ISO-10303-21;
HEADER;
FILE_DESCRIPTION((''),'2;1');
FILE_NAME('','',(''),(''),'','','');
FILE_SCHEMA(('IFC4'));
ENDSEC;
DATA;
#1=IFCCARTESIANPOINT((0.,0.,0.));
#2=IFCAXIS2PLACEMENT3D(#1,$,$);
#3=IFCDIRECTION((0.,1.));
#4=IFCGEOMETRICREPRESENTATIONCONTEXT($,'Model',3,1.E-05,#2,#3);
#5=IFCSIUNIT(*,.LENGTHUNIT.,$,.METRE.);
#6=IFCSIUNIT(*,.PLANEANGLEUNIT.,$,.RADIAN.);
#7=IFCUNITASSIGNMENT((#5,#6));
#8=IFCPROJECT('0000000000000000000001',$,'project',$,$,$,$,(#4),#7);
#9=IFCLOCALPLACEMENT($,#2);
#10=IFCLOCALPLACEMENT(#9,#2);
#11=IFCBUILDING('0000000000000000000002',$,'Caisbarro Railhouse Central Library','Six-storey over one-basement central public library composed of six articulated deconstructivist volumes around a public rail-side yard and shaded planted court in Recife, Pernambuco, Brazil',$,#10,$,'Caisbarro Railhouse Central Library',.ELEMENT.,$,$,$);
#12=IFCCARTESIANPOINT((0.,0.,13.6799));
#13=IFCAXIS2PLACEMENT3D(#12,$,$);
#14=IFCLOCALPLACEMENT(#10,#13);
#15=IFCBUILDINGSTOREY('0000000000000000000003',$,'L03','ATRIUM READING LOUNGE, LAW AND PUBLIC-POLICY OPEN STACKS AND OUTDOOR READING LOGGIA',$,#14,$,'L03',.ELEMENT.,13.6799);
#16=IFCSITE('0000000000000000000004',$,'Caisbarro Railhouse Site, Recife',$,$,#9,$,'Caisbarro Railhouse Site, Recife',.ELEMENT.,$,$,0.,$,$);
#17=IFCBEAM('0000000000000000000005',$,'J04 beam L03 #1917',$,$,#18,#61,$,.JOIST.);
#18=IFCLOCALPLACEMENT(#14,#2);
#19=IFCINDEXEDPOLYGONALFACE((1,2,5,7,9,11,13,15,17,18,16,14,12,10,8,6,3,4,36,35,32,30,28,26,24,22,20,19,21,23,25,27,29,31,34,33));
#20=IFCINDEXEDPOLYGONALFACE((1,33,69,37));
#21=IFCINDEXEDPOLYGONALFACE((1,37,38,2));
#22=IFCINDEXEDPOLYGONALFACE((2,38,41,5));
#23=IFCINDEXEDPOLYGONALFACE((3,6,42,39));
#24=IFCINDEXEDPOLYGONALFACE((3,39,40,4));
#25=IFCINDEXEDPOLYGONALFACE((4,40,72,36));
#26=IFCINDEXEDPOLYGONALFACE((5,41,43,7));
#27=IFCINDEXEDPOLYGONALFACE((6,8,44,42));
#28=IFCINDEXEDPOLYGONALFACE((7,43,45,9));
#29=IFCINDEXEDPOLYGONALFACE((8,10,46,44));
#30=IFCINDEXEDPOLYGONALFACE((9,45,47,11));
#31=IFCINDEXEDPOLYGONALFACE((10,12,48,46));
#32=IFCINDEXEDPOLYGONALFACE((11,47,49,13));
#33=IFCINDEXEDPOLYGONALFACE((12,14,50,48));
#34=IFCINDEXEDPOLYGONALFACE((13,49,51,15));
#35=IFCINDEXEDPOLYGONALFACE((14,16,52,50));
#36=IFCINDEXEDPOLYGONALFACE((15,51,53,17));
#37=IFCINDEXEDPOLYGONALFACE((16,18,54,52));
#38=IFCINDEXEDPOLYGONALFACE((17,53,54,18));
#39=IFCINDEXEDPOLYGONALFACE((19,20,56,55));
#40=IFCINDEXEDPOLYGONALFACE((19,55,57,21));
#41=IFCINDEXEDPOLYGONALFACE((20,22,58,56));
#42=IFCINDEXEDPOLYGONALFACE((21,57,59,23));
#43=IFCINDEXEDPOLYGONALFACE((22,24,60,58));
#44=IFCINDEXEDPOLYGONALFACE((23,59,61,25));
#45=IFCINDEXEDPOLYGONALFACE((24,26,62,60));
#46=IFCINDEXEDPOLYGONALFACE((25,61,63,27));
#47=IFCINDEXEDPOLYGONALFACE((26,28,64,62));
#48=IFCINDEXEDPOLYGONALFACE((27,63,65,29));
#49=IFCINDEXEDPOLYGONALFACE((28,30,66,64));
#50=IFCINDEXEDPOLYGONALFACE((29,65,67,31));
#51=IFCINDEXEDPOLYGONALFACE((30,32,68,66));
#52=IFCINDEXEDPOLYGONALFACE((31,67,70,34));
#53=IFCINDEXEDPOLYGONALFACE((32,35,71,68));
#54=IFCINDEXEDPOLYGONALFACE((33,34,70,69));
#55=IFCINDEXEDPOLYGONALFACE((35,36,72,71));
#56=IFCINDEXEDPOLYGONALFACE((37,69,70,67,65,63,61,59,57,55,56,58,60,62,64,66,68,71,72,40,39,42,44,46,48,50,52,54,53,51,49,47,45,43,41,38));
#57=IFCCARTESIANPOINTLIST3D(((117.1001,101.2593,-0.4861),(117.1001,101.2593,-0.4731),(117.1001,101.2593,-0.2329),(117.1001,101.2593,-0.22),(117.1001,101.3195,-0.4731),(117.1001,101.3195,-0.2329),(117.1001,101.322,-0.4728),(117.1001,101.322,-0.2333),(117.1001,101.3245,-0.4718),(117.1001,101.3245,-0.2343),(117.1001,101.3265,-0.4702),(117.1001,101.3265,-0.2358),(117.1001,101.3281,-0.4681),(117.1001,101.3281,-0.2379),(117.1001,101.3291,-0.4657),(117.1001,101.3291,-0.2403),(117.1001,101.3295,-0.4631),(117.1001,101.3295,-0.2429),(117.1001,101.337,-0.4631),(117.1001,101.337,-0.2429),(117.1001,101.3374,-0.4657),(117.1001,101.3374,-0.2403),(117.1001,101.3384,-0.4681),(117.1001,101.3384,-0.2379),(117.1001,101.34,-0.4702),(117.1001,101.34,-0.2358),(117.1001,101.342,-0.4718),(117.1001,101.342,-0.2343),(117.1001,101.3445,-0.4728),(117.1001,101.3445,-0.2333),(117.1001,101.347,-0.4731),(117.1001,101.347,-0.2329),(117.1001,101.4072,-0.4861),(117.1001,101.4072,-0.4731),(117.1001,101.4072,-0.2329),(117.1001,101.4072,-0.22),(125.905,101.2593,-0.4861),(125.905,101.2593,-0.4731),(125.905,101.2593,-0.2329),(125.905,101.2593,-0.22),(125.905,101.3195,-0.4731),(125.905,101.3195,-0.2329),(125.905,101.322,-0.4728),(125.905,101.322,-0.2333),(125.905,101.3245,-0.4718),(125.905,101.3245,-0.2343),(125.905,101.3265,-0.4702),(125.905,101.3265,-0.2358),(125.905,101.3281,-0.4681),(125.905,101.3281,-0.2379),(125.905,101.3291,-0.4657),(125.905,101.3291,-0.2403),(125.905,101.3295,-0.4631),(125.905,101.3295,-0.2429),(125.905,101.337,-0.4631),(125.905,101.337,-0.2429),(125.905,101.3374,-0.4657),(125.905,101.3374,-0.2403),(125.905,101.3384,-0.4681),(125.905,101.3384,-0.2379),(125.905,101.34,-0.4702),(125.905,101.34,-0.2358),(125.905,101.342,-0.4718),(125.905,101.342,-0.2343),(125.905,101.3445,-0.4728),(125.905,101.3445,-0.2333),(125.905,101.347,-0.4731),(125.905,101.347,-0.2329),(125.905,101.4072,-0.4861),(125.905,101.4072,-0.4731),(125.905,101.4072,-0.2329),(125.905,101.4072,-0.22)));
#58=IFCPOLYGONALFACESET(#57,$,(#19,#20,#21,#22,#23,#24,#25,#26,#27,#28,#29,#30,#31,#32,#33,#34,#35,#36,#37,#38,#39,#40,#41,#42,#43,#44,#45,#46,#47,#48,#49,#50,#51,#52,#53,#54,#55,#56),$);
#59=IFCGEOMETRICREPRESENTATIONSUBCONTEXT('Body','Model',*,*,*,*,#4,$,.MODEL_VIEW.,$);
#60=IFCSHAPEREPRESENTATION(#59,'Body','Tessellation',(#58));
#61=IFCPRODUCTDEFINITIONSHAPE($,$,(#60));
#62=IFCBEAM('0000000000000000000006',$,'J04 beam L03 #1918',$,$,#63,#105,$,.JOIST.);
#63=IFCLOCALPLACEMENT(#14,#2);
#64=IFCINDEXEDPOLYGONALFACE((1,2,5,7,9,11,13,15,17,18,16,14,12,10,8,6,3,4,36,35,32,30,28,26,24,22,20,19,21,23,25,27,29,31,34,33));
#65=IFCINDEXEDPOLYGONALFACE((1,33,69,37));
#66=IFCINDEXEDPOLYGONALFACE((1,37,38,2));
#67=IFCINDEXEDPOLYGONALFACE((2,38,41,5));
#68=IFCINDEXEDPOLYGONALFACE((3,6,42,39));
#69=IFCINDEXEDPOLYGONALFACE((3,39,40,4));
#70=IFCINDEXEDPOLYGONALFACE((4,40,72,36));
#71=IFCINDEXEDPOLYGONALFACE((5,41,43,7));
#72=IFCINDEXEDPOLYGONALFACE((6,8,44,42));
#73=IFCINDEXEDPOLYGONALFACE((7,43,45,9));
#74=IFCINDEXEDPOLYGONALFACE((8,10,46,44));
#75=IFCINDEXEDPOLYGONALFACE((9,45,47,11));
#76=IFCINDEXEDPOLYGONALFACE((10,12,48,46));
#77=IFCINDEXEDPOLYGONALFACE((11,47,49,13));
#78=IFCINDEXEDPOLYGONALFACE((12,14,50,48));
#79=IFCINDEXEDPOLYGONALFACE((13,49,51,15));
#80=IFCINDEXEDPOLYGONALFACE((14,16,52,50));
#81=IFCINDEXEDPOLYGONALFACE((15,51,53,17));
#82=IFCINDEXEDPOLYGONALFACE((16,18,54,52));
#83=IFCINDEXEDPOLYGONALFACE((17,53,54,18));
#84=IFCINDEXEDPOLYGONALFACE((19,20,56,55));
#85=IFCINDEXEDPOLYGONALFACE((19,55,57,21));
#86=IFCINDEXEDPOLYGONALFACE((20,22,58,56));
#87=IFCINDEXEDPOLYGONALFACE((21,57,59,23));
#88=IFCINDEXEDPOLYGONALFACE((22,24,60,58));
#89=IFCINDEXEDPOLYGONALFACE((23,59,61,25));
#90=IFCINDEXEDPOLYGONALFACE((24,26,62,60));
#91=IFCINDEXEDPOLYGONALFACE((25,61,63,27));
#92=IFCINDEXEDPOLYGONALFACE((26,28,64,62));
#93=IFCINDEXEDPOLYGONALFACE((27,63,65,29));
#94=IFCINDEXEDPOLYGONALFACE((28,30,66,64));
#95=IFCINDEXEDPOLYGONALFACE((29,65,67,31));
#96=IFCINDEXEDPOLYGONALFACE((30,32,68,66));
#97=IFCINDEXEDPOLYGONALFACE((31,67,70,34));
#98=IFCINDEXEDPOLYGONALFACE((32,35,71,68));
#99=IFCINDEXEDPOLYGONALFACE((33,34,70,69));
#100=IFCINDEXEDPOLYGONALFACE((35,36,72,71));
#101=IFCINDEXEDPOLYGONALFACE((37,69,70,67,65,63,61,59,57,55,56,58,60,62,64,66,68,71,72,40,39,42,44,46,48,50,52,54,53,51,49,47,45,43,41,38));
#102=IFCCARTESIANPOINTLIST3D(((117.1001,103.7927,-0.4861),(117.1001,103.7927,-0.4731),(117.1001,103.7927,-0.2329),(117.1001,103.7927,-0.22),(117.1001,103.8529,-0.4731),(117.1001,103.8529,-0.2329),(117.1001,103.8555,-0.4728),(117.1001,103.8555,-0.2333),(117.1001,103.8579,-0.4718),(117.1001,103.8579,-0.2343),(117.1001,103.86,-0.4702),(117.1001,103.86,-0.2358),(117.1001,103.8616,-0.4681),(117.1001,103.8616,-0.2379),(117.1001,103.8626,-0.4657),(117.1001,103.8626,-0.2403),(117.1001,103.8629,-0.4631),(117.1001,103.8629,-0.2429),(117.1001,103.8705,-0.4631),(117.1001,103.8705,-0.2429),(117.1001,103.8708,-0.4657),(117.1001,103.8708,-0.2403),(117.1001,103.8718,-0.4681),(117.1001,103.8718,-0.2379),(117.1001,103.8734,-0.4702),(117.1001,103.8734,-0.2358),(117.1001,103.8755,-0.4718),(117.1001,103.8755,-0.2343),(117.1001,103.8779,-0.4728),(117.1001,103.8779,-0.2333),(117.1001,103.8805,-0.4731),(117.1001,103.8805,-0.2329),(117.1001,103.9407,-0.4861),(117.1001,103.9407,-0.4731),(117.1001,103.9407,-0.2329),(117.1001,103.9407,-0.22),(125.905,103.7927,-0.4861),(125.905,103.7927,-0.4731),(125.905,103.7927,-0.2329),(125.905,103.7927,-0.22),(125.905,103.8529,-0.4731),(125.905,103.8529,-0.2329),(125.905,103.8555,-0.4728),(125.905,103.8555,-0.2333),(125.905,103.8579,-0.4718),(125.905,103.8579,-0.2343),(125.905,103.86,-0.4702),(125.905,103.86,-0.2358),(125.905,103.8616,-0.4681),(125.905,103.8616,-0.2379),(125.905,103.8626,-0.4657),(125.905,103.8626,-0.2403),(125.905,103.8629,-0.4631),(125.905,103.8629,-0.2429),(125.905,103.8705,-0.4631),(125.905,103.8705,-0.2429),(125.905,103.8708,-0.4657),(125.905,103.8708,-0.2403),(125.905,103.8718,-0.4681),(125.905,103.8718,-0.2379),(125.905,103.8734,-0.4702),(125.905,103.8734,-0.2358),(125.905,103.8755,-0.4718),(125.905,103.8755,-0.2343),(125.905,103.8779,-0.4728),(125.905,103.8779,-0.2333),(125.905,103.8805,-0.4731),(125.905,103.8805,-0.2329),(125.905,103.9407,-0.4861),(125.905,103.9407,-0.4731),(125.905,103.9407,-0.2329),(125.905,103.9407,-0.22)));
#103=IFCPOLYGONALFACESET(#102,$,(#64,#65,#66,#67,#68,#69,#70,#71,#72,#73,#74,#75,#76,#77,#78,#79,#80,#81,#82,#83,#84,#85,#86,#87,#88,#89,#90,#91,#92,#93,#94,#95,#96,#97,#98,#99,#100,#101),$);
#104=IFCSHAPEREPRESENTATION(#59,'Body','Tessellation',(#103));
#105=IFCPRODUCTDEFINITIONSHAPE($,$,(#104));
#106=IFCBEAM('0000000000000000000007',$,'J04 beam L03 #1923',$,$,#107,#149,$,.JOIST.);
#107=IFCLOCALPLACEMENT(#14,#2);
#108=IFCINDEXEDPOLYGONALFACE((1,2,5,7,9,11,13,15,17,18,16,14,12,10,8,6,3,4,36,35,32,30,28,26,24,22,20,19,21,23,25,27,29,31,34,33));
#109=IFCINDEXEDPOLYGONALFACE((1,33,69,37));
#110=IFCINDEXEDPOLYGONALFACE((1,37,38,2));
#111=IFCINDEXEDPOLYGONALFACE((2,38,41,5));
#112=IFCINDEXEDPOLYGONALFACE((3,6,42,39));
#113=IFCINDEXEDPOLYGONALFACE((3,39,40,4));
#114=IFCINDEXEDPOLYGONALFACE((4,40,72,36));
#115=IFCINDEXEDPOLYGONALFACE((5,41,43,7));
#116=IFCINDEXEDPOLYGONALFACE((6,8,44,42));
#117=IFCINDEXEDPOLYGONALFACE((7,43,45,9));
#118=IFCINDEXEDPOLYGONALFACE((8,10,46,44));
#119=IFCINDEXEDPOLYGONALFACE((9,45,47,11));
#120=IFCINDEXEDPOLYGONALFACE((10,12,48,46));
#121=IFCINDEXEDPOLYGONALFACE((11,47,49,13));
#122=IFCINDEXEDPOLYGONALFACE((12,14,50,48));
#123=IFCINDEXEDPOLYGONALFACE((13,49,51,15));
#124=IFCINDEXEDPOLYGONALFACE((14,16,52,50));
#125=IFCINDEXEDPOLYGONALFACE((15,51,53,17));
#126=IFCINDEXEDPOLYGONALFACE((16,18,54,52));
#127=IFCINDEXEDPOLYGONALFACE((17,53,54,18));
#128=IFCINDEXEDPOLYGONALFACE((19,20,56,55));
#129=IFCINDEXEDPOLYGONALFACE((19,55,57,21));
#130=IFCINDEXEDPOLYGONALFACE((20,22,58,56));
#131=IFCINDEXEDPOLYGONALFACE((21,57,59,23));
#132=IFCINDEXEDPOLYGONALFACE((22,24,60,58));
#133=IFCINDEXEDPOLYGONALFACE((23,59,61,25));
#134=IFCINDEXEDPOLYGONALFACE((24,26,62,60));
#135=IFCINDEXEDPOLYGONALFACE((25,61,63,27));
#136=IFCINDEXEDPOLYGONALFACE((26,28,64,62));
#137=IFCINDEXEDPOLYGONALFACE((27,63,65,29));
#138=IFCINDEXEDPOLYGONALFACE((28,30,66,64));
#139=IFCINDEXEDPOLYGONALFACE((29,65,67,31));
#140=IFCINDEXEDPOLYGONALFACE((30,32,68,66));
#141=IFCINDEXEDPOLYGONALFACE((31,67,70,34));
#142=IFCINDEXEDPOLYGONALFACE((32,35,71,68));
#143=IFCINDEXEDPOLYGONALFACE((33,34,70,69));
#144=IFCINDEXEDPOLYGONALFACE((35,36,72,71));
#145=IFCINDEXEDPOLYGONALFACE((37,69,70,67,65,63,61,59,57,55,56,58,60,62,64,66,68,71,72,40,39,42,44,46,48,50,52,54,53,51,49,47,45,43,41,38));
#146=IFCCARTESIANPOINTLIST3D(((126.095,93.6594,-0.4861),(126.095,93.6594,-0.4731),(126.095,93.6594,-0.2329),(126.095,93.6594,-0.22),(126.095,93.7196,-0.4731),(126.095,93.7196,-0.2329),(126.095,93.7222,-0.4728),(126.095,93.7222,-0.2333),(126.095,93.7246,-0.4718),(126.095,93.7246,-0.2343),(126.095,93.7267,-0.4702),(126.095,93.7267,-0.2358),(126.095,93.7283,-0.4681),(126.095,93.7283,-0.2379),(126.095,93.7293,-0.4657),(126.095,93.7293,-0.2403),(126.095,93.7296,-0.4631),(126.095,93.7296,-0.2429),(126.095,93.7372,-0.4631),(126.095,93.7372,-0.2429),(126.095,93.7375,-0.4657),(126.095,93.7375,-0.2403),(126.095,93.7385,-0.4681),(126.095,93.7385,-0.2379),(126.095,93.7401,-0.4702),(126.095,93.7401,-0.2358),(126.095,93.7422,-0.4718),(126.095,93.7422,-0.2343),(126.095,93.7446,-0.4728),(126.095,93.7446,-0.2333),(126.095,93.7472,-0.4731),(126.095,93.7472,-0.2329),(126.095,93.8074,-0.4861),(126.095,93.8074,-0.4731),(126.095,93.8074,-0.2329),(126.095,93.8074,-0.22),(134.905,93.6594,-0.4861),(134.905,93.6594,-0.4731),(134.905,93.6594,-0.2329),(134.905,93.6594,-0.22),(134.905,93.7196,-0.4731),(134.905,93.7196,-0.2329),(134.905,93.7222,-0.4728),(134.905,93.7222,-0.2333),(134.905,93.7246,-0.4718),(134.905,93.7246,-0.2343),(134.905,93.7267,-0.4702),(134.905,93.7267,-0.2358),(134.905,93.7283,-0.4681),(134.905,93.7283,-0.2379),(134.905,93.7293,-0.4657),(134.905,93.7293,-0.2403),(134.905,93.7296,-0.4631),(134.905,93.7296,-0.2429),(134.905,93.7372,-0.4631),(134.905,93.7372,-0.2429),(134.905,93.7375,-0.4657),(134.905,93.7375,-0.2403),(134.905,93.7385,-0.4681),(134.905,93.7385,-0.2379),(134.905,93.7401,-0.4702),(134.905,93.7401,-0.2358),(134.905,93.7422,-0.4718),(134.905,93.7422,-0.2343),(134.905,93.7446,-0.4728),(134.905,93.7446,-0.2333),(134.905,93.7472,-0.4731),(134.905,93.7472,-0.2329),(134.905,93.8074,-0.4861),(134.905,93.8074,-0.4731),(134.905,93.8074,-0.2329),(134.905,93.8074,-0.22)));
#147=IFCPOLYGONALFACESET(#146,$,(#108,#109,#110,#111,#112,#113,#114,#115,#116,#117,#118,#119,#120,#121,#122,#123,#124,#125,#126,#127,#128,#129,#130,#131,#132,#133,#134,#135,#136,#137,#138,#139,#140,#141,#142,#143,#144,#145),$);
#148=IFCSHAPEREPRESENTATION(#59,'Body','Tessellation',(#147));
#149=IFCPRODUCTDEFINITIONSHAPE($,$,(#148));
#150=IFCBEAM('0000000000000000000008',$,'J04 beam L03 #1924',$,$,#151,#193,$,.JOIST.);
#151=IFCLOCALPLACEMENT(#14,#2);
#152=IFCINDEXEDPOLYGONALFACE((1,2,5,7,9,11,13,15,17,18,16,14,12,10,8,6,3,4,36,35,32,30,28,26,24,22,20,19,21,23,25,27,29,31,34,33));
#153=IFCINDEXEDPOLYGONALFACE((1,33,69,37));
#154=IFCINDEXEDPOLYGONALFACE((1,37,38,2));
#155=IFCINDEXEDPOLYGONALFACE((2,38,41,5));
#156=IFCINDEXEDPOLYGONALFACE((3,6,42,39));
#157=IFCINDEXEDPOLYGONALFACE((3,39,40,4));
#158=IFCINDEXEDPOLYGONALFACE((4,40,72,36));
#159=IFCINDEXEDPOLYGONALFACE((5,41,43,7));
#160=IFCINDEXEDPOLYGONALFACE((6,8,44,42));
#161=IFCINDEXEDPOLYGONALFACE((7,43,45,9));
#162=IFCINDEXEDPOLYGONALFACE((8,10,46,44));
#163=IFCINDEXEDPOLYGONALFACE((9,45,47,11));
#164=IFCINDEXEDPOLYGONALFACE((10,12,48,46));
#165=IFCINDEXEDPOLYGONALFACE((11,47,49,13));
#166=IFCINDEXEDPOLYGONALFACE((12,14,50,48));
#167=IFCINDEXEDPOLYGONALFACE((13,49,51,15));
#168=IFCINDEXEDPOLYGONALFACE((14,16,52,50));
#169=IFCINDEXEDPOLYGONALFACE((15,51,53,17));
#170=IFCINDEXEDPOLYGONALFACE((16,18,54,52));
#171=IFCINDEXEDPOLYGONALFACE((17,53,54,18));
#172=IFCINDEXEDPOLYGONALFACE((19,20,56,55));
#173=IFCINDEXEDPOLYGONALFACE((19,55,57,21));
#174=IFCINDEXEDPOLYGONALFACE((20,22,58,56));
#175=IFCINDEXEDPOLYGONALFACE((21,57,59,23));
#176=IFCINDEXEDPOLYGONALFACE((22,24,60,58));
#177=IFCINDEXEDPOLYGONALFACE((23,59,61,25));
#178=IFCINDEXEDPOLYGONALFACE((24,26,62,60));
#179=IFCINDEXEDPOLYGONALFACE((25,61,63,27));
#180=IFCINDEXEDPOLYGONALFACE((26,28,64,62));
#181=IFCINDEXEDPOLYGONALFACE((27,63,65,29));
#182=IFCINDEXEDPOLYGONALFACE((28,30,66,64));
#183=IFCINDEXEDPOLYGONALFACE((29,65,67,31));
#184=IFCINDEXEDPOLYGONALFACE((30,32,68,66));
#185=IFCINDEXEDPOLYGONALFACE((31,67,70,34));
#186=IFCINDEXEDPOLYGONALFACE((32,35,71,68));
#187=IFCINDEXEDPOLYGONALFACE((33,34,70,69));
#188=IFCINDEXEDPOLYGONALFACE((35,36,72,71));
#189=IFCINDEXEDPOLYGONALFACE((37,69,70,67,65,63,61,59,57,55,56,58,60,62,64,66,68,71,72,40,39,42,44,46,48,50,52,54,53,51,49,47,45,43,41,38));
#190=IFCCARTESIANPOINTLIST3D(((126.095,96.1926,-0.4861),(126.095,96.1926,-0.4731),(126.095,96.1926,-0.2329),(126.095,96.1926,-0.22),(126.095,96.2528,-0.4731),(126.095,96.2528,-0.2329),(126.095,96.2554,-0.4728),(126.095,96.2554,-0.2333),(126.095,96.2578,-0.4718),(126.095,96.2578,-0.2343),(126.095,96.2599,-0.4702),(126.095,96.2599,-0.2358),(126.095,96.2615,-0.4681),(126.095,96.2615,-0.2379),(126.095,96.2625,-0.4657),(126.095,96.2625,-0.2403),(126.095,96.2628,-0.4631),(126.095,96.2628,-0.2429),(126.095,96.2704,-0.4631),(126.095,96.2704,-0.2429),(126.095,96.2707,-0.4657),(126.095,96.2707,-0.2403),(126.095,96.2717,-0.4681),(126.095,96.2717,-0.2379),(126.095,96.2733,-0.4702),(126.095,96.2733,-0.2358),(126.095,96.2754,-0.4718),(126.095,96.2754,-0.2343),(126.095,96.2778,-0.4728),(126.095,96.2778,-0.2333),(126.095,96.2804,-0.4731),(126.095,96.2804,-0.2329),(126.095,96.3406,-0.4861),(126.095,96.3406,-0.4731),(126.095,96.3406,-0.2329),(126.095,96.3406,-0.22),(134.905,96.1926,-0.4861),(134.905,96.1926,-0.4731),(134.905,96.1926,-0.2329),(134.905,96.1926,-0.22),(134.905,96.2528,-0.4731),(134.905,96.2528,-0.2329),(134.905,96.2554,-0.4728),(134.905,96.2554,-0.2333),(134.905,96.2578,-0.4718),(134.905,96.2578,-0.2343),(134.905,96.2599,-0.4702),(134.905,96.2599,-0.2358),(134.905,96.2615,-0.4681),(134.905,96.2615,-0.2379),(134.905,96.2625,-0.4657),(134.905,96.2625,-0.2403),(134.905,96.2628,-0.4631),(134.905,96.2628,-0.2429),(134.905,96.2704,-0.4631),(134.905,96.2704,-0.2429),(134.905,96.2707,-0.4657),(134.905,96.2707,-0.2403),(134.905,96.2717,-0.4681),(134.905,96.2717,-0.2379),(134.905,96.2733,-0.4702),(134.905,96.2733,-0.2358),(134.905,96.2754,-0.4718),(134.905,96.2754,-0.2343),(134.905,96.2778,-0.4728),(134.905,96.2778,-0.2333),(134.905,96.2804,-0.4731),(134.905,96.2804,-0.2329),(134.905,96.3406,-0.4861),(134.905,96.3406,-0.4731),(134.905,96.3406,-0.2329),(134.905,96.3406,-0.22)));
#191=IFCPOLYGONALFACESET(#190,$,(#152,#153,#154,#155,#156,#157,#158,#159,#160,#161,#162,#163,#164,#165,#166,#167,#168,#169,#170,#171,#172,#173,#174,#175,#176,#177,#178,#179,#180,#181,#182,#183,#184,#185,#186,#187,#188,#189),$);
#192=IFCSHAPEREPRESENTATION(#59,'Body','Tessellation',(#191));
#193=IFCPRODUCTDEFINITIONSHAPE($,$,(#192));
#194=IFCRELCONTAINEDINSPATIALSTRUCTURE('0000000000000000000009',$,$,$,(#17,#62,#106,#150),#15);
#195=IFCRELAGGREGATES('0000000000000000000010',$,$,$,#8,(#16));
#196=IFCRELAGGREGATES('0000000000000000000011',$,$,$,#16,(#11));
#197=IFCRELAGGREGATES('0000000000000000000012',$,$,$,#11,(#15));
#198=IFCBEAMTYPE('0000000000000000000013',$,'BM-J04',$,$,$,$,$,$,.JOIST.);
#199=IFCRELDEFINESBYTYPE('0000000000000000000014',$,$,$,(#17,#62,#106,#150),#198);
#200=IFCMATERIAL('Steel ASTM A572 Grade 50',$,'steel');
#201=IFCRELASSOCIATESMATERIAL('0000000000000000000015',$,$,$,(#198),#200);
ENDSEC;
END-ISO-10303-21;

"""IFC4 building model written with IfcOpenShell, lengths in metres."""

from ifc_helpers import new_model, si_unit, direction, frame, origin, origin_2d, place, context, subcontext, project, spatial, i_section, extrude, material, material_profile, profile_set, type_object, element, save


model = new_model("IFC4")

# Units and contexts
model_context = context("Model", 3, precision=1e-05, world=origin(), true_north=direction((0.0, 1.0)))
body_context = subcontext(model_context, "Body", "Model", "MODEL_VIEW")
ifc_project = project(units=[si_unit("LENGTHUNIT", "METRE"), si_unit("PLANEANGLEUNIT", "RADIAN")], contexts=[model_context])

# Site, building, storey
site_placement = place(None, origin())
site = spatial("IfcSite", under=ifc_project, at=site_placement, Name="Caisbarro Railhouse Site, Recife", LongName="Caisbarro Railhouse Site, Recife", CompositionType="ELEMENT", RefElevation=0.0)
building_placement = place(site_placement, origin())
building = spatial("IfcBuilding", under=site, at=building_placement, Name="Caisbarro Railhouse Central Library", Description="Six-storey over one-basement central public library composed of six articulated deconstructivist volumes around a public rail-side yard and shaded planted court in Recife, Pernambuco, Brazil", LongName="Caisbarro Railhouse Central Library", CompositionType="ELEMENT")
storey_placement = place(building_placement, frame((0.0, 0.0, 13.6799)))
storey = spatial("IfcBuildingStorey", under=building, at=storey_placement, Name="L03", Description="ATRIUM READING LOUNGE, LAW AND PUBLIC-POLICY OPEN STACKS AND OUTDOOR READING LOGGIA", LongName="L03", CompositionType="ELEMENT", Elevation=13.6799)

# Shared definitions
ifc_material_1 = material(Name="Steel ASTM A572 Grade 50", Category="steel")

# Beams
ifc_material_profile_1 = material_profile(ifc_material_1, i_section(OverallWidth=0.1479, OverallDepth=0.2661, WebThickness=0.0076, FlangeThickness=0.0129, FilletRadius=0.01, at=origin_2d()), Name="W250X44.8")
ifc_profile_set_1 = profile_set([ifc_material_profile_1], Name="Steel ASTM A572 Grade 50")
beam_type_1 = type_object("IfcBeamType", Name="BM-J04", PredefinedType="JOIST", material=ifc_profile_set_1)
for number, where, z_axis, x_axis, name in (
    (1, (117.1001, 101.3333, -0.353), (1.0, 0.0, 0.0), (0.0, 1.0, 0.0), "J04 beam L03 #1917"),
    (2, (117.1001, 103.8667, -0.353), (1.0, 0.0, 0.0), (0.0, 1.0, 0.0), "J04 beam L03 #1918"),
):
    element("IfcBeam", number, at=place(storey_placement, frame(where, z_axis=z_axis, x_axis=x_axis)), inside=storey, type_object=beam_type_1, Name=name, PredefinedType="JOIST", context=body_context, shape_type="SweptSolid", body=[
        extrude(i_section(OverallWidth=0.1479, OverallDepth=0.2661, WebThickness=0.0076, FlangeThickness=0.0129, FilletRadius=0.01, at=origin_2d()), origin(), (0.0, 0.0, 1.0), 8.8049),
    ])
for number, where, z_axis, x_axis, name in (
    (3, (126.095, 93.7334, -0.353), (1.0, 0.0, 0.0), (0.0, 1.0, 0.0), "J04 beam L03 #1923"),
    (4, (126.095, 96.2666, -0.353), (1.0, 0.0, 0.0), (0.0, 1.0, 0.0), "J04 beam L03 #1924"),
):
    element("IfcBeam", number, at=place(storey_placement, frame(where, z_axis=z_axis, x_axis=x_axis)), inside=storey, type_object=beam_type_1, Name=name, PredefinedType="JOIST", context=body_context, shape_type="SweptSolid", body=[
        extrude(i_section(OverallWidth=0.1479, OverallDepth=0.2661, WebThickness=0.0076, FlangeThickness=0.0129, FilletRadius=0.01, at=origin_2d()), origin(), (0.0, 0.0, 1.0), 8.8101),
    ])

save(model, "model.ifc")
